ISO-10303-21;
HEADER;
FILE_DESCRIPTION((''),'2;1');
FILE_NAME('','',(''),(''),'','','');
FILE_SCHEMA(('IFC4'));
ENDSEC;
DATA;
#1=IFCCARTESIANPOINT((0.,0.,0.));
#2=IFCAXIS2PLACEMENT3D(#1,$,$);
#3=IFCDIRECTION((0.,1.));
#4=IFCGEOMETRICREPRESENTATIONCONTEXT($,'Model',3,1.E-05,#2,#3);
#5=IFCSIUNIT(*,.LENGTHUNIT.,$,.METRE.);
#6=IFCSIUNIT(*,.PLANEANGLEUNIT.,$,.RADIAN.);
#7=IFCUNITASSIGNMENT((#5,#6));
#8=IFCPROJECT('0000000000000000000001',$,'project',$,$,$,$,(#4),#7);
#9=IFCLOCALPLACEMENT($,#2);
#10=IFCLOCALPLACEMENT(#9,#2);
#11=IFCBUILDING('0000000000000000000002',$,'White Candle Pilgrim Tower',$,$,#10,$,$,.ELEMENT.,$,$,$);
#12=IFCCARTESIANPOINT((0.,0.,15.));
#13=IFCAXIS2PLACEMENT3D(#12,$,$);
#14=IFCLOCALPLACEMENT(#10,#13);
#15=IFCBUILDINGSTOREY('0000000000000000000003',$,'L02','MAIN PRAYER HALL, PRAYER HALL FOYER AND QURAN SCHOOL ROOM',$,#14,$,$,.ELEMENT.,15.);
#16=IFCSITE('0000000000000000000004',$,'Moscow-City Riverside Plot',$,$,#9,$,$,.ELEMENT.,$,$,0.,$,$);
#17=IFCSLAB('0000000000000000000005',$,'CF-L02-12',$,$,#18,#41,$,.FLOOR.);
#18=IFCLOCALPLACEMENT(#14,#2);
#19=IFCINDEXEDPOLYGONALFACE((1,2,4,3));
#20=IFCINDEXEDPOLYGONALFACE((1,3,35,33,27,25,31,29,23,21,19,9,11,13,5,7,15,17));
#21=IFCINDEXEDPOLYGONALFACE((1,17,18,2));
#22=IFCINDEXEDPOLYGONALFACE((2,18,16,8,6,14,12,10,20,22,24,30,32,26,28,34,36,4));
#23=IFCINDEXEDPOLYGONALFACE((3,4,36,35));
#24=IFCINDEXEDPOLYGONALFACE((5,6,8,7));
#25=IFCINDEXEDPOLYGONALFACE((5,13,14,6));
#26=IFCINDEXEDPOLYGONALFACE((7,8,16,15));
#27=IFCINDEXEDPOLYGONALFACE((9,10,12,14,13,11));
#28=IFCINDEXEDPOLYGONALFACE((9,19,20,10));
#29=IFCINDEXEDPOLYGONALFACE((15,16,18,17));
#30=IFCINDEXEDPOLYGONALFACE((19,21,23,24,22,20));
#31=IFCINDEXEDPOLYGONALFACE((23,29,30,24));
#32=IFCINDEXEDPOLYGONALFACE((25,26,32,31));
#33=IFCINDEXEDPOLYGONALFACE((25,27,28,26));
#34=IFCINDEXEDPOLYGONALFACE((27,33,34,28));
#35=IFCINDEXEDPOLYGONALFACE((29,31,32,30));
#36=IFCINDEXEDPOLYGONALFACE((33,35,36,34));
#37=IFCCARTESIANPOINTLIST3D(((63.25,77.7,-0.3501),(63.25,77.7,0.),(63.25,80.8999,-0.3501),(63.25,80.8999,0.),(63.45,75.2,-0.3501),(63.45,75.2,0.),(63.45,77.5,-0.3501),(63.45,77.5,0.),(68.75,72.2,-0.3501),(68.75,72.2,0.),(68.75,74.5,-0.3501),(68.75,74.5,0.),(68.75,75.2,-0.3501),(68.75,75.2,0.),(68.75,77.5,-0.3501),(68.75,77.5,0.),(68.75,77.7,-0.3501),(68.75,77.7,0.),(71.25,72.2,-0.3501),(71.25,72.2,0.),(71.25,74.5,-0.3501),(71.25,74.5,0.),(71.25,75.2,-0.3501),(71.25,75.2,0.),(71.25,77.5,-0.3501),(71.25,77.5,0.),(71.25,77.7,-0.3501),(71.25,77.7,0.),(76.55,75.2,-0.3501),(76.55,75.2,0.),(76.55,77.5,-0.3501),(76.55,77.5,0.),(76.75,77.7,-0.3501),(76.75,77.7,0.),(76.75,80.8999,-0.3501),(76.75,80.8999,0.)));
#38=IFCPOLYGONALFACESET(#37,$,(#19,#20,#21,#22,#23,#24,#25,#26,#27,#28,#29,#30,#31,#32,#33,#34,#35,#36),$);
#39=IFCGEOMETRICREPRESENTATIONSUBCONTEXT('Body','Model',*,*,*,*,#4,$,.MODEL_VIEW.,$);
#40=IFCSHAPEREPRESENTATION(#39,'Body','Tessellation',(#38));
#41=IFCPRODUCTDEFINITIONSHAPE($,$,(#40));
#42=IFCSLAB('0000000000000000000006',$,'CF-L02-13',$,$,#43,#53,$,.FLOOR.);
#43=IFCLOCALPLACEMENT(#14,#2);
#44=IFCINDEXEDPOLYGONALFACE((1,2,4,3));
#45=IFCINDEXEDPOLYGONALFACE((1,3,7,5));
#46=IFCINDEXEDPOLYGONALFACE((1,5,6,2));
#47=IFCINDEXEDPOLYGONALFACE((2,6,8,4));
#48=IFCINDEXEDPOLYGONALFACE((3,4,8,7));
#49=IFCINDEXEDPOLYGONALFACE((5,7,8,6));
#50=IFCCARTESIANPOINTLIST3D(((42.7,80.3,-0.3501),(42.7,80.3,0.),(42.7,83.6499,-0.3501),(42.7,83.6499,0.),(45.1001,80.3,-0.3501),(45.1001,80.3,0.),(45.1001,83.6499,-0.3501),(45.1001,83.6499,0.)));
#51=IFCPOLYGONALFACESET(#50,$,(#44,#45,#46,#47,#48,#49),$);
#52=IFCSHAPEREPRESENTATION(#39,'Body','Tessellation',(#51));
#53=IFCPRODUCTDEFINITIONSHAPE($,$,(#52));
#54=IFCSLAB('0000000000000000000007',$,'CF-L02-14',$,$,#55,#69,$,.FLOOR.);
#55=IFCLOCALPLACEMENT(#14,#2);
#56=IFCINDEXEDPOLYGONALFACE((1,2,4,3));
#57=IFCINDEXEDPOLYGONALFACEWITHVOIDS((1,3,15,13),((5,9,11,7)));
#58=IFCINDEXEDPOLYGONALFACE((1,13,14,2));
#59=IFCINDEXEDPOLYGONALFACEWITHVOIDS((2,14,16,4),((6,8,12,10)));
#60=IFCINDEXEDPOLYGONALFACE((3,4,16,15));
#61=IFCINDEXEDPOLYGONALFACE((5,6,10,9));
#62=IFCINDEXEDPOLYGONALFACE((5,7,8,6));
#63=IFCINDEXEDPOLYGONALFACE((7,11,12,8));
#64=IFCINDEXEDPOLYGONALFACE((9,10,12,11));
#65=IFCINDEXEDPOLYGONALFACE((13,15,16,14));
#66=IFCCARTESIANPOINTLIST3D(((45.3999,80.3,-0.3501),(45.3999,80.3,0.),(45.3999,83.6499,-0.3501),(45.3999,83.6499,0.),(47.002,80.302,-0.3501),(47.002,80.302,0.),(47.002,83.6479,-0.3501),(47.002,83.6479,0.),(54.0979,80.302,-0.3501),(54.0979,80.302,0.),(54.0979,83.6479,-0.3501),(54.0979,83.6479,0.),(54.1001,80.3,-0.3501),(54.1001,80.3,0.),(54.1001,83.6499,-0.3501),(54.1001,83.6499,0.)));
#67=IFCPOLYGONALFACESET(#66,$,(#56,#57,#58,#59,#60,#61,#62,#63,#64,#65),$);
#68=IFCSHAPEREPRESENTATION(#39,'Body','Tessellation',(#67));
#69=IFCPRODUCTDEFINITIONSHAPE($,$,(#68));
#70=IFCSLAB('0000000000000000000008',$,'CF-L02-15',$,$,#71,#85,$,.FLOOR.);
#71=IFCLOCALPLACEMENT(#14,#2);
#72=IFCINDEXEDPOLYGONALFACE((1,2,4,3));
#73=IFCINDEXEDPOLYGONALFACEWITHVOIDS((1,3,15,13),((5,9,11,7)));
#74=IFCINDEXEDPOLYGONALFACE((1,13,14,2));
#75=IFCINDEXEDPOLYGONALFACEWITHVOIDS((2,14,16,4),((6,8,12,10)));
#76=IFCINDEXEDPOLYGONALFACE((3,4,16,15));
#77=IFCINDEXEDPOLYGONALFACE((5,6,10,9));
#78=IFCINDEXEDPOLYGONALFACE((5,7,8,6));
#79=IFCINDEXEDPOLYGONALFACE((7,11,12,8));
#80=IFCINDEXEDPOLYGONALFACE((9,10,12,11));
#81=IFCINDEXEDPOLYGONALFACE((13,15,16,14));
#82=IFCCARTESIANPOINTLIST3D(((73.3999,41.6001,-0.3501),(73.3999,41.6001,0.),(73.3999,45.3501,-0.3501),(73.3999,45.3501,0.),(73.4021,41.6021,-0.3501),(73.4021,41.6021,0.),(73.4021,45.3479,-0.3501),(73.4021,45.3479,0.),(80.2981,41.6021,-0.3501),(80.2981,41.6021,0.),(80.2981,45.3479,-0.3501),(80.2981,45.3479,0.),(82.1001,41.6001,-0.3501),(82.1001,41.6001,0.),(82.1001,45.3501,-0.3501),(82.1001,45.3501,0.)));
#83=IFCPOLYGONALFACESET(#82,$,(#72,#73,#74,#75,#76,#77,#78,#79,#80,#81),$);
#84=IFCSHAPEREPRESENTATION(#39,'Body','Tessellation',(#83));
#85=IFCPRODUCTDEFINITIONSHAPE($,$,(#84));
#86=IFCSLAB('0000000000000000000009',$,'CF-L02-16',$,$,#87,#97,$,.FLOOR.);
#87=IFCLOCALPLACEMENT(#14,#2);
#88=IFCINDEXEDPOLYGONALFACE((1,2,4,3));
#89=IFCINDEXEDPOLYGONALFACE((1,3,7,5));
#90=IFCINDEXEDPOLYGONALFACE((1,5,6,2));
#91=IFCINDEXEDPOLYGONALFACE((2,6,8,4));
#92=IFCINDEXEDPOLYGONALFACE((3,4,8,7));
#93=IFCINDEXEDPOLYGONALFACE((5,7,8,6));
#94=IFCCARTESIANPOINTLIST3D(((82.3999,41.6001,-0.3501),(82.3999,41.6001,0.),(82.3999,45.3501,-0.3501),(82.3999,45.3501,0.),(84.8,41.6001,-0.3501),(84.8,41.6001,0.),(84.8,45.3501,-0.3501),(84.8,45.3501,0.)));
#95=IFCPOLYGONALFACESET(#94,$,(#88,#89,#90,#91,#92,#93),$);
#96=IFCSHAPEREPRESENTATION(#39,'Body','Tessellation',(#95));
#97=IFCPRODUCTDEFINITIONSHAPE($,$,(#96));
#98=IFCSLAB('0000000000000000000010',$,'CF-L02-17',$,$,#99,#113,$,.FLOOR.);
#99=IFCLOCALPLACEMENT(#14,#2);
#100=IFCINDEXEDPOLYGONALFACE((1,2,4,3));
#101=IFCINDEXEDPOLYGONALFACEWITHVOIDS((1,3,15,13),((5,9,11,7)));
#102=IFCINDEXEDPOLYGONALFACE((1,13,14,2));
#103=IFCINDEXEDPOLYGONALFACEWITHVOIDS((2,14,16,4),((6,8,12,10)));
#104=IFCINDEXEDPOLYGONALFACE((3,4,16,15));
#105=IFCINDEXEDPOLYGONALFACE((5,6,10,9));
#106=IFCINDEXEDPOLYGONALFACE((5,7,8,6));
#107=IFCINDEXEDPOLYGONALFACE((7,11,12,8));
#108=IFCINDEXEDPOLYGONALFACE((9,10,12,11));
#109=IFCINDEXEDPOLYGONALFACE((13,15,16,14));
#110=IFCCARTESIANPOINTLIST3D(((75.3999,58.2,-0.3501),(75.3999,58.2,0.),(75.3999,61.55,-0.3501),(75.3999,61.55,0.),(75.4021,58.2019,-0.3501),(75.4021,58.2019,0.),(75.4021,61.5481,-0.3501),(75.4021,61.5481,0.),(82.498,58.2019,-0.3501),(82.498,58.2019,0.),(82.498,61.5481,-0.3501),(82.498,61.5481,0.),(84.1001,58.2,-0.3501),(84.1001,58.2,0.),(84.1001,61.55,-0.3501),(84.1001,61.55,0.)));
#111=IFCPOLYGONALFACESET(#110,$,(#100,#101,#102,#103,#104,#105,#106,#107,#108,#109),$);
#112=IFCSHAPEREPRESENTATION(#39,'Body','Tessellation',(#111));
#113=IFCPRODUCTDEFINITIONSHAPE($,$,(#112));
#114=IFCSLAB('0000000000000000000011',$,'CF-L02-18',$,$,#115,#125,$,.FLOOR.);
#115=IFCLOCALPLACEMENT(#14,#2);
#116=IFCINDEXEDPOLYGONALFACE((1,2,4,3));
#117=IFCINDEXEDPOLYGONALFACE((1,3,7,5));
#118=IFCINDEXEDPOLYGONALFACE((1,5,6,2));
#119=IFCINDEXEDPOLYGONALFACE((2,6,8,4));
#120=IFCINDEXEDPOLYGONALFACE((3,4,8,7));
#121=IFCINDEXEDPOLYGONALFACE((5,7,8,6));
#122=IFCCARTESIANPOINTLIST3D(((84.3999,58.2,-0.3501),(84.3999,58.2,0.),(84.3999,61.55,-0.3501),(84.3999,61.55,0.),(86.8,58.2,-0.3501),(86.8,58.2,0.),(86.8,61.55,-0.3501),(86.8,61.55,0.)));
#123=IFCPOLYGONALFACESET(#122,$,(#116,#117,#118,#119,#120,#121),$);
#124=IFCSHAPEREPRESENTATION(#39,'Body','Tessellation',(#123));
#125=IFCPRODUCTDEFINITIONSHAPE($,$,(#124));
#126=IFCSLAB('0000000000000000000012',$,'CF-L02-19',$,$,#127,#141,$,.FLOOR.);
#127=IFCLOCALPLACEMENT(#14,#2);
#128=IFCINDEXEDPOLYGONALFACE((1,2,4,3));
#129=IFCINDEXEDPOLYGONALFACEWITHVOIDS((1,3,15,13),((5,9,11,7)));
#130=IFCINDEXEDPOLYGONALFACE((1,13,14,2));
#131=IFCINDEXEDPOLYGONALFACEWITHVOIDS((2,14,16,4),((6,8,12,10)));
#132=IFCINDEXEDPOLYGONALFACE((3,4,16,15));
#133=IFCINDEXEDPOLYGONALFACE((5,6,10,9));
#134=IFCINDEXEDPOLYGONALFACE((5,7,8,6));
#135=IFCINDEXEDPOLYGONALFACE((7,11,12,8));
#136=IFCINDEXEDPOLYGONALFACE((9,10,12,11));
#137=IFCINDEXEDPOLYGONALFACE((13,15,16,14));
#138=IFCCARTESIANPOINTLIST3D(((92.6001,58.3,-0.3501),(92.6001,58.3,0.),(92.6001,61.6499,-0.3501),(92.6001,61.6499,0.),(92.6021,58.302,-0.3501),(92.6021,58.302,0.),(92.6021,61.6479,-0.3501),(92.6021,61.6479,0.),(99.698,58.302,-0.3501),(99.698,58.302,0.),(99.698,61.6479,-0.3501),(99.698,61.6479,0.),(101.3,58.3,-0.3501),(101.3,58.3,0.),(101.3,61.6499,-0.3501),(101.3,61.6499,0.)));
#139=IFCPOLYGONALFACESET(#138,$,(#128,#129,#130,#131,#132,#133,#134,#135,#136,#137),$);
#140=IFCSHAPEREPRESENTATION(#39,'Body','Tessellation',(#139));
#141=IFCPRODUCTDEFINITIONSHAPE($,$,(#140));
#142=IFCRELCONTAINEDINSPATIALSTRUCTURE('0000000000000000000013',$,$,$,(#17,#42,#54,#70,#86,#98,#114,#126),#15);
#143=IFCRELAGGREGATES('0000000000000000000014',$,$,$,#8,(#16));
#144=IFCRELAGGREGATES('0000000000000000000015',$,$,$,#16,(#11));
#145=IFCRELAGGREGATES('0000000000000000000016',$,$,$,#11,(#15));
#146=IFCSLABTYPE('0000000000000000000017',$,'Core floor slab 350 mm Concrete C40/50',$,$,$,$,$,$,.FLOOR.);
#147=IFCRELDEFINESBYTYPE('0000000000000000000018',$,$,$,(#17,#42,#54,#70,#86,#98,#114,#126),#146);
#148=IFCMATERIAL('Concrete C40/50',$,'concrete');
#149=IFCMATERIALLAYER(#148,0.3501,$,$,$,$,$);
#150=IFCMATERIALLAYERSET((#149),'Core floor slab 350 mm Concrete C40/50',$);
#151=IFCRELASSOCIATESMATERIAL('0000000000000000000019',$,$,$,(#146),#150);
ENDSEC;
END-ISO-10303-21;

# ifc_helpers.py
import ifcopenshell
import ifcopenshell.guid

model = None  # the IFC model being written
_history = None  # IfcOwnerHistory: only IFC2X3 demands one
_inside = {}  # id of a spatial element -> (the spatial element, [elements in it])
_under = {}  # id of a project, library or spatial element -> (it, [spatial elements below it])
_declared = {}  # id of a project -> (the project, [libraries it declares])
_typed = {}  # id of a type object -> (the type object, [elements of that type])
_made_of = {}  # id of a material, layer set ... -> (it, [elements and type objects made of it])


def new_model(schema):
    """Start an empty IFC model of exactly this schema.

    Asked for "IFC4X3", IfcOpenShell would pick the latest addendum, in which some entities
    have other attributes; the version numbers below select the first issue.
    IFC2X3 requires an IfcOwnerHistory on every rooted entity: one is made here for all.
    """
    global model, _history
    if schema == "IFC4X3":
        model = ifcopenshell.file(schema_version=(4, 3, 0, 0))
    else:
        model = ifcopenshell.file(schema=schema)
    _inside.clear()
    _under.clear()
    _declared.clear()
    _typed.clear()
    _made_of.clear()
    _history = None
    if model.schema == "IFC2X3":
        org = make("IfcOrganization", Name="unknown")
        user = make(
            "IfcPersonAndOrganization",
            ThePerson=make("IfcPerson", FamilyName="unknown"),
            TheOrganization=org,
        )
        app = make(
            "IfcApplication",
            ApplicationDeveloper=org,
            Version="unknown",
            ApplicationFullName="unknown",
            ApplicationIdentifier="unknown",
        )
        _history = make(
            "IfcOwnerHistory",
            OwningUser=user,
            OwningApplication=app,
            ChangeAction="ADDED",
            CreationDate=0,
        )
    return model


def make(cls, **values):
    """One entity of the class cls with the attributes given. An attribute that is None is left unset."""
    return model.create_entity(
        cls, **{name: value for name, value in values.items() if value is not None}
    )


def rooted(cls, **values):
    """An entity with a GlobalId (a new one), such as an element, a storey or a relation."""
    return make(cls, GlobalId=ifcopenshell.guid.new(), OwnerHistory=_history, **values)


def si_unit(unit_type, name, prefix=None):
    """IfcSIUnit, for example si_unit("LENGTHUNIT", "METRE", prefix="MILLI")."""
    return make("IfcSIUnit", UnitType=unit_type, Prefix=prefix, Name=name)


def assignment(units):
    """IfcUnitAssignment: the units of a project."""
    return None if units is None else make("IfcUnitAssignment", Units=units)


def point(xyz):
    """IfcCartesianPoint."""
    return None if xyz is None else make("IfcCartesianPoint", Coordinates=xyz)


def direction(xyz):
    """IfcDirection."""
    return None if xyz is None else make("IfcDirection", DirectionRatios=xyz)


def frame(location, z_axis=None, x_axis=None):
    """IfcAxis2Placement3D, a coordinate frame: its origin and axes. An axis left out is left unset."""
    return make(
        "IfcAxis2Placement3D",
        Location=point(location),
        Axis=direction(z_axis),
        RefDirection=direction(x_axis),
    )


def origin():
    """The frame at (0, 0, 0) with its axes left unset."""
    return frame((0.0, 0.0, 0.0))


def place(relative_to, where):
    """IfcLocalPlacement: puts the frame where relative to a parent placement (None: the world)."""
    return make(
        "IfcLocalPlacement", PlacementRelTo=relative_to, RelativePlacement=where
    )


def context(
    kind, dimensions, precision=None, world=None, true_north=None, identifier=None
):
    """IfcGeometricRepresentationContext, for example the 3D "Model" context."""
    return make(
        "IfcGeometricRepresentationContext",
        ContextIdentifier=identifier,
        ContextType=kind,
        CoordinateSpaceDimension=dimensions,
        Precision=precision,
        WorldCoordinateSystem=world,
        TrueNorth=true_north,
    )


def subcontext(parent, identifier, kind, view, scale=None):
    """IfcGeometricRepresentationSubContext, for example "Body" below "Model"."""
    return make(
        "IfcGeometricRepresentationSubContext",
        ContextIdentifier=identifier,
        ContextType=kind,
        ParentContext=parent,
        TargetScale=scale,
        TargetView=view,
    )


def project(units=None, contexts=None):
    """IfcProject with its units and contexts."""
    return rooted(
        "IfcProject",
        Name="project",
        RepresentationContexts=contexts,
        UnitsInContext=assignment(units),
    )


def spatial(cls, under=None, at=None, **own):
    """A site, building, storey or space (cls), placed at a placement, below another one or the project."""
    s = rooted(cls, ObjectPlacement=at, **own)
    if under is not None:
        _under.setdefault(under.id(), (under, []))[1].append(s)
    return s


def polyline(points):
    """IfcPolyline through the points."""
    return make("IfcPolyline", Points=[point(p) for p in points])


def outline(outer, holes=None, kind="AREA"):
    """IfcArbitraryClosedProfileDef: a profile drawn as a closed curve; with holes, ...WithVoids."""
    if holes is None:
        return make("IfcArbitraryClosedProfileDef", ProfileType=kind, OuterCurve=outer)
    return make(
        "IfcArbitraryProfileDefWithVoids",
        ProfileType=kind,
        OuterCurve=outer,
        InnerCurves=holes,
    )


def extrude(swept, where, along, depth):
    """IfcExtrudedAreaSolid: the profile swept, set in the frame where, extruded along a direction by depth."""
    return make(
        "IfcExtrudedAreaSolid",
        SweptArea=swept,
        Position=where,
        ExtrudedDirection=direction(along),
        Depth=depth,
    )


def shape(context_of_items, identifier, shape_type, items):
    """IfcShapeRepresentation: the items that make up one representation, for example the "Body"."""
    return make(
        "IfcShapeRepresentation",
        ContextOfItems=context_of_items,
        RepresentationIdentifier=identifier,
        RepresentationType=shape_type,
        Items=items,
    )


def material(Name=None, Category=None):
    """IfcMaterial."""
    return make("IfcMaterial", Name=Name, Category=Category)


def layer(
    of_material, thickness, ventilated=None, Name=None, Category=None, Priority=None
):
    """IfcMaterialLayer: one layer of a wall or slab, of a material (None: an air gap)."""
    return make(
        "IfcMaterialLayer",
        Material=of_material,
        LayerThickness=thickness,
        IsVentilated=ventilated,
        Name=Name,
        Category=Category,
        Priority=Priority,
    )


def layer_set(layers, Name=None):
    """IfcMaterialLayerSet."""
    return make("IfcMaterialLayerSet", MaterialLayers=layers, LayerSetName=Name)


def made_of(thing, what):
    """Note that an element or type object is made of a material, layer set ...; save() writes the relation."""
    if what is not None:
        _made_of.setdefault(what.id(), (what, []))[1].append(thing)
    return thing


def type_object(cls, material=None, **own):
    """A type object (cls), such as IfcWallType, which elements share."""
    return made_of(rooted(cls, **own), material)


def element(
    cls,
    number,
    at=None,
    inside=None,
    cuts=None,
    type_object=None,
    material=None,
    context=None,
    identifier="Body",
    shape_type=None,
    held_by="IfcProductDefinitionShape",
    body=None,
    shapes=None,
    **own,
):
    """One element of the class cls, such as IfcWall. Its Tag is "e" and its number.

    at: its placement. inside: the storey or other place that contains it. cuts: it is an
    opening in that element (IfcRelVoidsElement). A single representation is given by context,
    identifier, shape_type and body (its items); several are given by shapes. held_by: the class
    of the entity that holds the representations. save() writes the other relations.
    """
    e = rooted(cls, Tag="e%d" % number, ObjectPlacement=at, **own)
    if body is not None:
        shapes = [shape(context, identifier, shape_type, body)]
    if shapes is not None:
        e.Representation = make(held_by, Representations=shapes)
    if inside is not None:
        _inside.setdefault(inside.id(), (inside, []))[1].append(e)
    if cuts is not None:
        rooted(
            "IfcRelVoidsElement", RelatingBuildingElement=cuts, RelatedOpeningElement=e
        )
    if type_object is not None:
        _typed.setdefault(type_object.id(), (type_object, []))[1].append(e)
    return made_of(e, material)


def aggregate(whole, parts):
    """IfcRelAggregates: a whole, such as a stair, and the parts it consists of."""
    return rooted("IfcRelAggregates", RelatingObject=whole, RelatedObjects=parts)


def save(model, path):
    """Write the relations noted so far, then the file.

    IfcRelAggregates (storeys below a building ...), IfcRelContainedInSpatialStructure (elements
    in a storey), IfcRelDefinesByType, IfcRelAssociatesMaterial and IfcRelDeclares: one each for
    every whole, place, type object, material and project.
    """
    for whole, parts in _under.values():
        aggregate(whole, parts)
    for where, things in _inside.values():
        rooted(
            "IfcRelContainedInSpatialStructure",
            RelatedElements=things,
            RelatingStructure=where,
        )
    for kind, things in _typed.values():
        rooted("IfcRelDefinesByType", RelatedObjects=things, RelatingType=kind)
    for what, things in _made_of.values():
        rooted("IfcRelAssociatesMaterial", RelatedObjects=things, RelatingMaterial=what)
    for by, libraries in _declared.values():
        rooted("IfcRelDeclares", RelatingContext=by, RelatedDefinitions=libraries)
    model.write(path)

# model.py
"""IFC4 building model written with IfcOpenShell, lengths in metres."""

from ifc_helpers import new_model, si_unit, direction, frame, origin, place, context, subcontext, project, spatial, polyline, outline, extrude, material, layer, layer_set, type_object, element, save


model = new_model("IFC4")

# Units and contexts
model_context = context("Model", 3, precision=1e-05, world=origin(), true_north=direction((0.0, 1.0)))
body_context = subcontext(model_context, "Body", "Model", "MODEL_VIEW")
ifc_project = project(units=[si_unit("LENGTHUNIT", "METRE"), si_unit("PLANEANGLEUNIT", "RADIAN")], contexts=[model_context])

# Site, building, storey
site_placement = place(None, origin())
site = spatial("IfcSite", under=ifc_project, at=site_placement, Name="Moscow-City Riverside Plot", CompositionType="ELEMENT", RefElevation=0.0)
building_placement = place(site_placement, origin())
building = spatial("IfcBuilding", under=site, at=building_placement, Name="White Candle Pilgrim Tower", CompositionType="ELEMENT")
storey_placement = place(building_placement, frame((0.0, 0.0, 15.0)))
storey = spatial("IfcBuildingStorey", under=building, at=storey_placement, Name="L02", Description="MAIN PRAYER HALL, PRAYER HALL FOYER AND QURAN SCHOOL ROOM", CompositionType="ELEMENT", Elevation=15.0)

# Slabs
ifc_material = material(Name="Concrete C40/50", Category="concrete")
ifc_layer_1 = layer(ifc_material, 0.3501)
ifc_layer_set_1 = layer_set([ifc_layer_1], Name="Core floor slab 350 mm Concrete C40/50")
slab_type_1 = type_object("IfcSlabType", Name="Core floor slab 350 mm Concrete C40/50", PredefinedType="FLOOR", material=ifc_layer_set_1)
slab_1_placement = place(storey_placement, frame((0.0, 0.0, -0.3501)))
element("IfcSlab", 1, at=slab_1_placement, inside=storey, type_object=slab_type_1, Name="CF-L02-12", PredefinedType="FLOOR", context=body_context, shape_type="SweptSolid", body=[
    extrude(outline(polyline([(68.75, 72.2), (68.75, 74.5), (68.75, 75.2), (63.45, 75.2), (63.45, 77.5), (68.75, 77.5), (68.75, 77.7), (63.25, 77.7), (63.25, 80.8999), (76.75, 80.8999), (76.75, 77.7), (71.25, 77.7), (71.25, 77.5), (76.55, 77.5), (76.55, 75.2), (71.25, 75.2), (71.25, 74.5), (71.25, 72.2), (68.75, 72.2)])), origin(), (0.0, 0.0, 1.0), 0.3501),
])
slab_2_placement = place(storey_placement, frame((0.0, 0.0, -0.3501)))
element("IfcSlab", 2, at=slab_2_placement, inside=storey, type_object=slab_type_1, Name="CF-L02-13", PredefinedType="FLOOR", context=body_context, shape_type="SweptSolid", body=[
    extrude(outline(polyline([(45.1001, 83.6499), (45.1001, 80.3), (42.7, 80.3), (42.7, 83.6499), (45.1001, 83.6499)])), origin(), (0.0, 0.0, 1.0), 0.3501),
])
slab_3_placement = place(storey_placement, frame((0.0, 0.0, -0.3501)))
element("IfcSlab", 3, at=slab_3_placement, inside=storey, type_object=slab_type_1, Name="CF-L02-14", PredefinedType="FLOOR", context=body_context, shape_type="SweptSolid", body=[
    extrude(outline(polyline([(54.1001, 83.6499), (54.1001, 80.3), (45.3999, 80.3), (45.3999, 83.6499), (54.1001, 83.6499)]), holes=[polyline([(54.0979, 83.6479), (47.002, 83.6479), (47.002, 80.302), (54.0979, 80.302), (54.0979, 83.6479)])]), origin(), (0.0, 0.0, 1.0), 0.3501),
])
slab_4_placement = place(storey_placement, frame((0.0, 0.0, -0.3501)))
element("IfcSlab", 4, at=slab_4_placement, inside=storey, type_object=slab_type_1, Name="CF-L02-15", PredefinedType="FLOOR", context=body_context, shape_type="SweptSolid", body=[
    extrude(outline(polyline([(82.1001, 41.6001), (73.3999, 41.6001), (73.3999, 45.3501), (82.1001, 45.3501), (82.1001, 41.6001)]), holes=[polyline([(73.4021, 41.6021), (80.2981, 41.6021), (80.2981, 45.3479), (73.4021, 45.3479), (73.4021, 41.6021)])]), origin(), (0.0, 0.0, 1.0), 0.3501),
])
slab_5_placement = place(storey_placement, frame((0.0, 0.0, -0.3501)))
element("IfcSlab", 5, at=slab_5_placement, inside=storey, type_object=slab_type_1, Name="CF-L02-16", PredefinedType="FLOOR", context=body_context, shape_type="SweptSolid", body=[
    extrude(outline(polyline([(84.8, 41.6001), (82.3999, 41.6001), (82.3999, 45.3501), (84.8, 45.3501), (84.8, 41.6001)])), origin(), (0.0, 0.0, 1.0), 0.3501),
])
slab_6_placement = place(storey_placement, frame((0.0, 0.0, -0.3501)))
element("IfcSlab", 6, at=slab_6_placement, inside=storey, type_object=slab_type_1, Name="CF-L02-17", PredefinedType="FLOOR", context=body_context, shape_type="SweptSolid", body=[
    extrude(outline(polyline([(75.3999, 61.55), (84.1001, 61.55), (84.1001, 58.2), (75.3999, 58.2), (75.3999, 61.55)]), holes=[polyline([(75.4021, 58.2019), (82.498, 58.2019), (82.498, 61.5481), (75.4021, 61.5481), (75.4021, 58.2019)])]), origin(), (0.0, 0.0, 1.0), 0.3501),
])
slab_7_placement = place(storey_placement, frame((0.0, 0.0, -0.3501)))
element("IfcSlab", 7, at=slab_7_placement, inside=storey, type_object=slab_type_1, Name="CF-L02-18", PredefinedType="FLOOR", context=body_context, shape_type="SweptSolid", body=[
    extrude(outline(polyline([(84.3999, 61.55), (86.8, 61.55), (86.8, 58.2), (84.3999, 58.2), (84.3999, 61.55)])), origin(), (0.0, 0.0, 1.0), 0.3501),
])
slab_8_placement = place(storey_placement, frame((0.0, 0.0, -0.3501)))
element("IfcSlab", 8, at=slab_8_placement, inside=storey, type_object=slab_type_1, Name="CF-L02-19", PredefinedType="FLOOR", context=body_context, shape_type="SweptSolid", body=[
    extrude(outline(polyline([(92.6001, 61.6499), (101.3, 61.6499), (101.3, 58.3), (92.6001, 58.3), (92.6001, 61.6499)]), holes=[polyline([(92.6021, 58.302), (99.698, 58.302), (99.698, 61.6479), (92.6021, 61.6479), (92.6021, 58.302)])]), origin(), (0.0, 0.0, 1.0), 0.3501),
])

save(model, "model.ifc")
